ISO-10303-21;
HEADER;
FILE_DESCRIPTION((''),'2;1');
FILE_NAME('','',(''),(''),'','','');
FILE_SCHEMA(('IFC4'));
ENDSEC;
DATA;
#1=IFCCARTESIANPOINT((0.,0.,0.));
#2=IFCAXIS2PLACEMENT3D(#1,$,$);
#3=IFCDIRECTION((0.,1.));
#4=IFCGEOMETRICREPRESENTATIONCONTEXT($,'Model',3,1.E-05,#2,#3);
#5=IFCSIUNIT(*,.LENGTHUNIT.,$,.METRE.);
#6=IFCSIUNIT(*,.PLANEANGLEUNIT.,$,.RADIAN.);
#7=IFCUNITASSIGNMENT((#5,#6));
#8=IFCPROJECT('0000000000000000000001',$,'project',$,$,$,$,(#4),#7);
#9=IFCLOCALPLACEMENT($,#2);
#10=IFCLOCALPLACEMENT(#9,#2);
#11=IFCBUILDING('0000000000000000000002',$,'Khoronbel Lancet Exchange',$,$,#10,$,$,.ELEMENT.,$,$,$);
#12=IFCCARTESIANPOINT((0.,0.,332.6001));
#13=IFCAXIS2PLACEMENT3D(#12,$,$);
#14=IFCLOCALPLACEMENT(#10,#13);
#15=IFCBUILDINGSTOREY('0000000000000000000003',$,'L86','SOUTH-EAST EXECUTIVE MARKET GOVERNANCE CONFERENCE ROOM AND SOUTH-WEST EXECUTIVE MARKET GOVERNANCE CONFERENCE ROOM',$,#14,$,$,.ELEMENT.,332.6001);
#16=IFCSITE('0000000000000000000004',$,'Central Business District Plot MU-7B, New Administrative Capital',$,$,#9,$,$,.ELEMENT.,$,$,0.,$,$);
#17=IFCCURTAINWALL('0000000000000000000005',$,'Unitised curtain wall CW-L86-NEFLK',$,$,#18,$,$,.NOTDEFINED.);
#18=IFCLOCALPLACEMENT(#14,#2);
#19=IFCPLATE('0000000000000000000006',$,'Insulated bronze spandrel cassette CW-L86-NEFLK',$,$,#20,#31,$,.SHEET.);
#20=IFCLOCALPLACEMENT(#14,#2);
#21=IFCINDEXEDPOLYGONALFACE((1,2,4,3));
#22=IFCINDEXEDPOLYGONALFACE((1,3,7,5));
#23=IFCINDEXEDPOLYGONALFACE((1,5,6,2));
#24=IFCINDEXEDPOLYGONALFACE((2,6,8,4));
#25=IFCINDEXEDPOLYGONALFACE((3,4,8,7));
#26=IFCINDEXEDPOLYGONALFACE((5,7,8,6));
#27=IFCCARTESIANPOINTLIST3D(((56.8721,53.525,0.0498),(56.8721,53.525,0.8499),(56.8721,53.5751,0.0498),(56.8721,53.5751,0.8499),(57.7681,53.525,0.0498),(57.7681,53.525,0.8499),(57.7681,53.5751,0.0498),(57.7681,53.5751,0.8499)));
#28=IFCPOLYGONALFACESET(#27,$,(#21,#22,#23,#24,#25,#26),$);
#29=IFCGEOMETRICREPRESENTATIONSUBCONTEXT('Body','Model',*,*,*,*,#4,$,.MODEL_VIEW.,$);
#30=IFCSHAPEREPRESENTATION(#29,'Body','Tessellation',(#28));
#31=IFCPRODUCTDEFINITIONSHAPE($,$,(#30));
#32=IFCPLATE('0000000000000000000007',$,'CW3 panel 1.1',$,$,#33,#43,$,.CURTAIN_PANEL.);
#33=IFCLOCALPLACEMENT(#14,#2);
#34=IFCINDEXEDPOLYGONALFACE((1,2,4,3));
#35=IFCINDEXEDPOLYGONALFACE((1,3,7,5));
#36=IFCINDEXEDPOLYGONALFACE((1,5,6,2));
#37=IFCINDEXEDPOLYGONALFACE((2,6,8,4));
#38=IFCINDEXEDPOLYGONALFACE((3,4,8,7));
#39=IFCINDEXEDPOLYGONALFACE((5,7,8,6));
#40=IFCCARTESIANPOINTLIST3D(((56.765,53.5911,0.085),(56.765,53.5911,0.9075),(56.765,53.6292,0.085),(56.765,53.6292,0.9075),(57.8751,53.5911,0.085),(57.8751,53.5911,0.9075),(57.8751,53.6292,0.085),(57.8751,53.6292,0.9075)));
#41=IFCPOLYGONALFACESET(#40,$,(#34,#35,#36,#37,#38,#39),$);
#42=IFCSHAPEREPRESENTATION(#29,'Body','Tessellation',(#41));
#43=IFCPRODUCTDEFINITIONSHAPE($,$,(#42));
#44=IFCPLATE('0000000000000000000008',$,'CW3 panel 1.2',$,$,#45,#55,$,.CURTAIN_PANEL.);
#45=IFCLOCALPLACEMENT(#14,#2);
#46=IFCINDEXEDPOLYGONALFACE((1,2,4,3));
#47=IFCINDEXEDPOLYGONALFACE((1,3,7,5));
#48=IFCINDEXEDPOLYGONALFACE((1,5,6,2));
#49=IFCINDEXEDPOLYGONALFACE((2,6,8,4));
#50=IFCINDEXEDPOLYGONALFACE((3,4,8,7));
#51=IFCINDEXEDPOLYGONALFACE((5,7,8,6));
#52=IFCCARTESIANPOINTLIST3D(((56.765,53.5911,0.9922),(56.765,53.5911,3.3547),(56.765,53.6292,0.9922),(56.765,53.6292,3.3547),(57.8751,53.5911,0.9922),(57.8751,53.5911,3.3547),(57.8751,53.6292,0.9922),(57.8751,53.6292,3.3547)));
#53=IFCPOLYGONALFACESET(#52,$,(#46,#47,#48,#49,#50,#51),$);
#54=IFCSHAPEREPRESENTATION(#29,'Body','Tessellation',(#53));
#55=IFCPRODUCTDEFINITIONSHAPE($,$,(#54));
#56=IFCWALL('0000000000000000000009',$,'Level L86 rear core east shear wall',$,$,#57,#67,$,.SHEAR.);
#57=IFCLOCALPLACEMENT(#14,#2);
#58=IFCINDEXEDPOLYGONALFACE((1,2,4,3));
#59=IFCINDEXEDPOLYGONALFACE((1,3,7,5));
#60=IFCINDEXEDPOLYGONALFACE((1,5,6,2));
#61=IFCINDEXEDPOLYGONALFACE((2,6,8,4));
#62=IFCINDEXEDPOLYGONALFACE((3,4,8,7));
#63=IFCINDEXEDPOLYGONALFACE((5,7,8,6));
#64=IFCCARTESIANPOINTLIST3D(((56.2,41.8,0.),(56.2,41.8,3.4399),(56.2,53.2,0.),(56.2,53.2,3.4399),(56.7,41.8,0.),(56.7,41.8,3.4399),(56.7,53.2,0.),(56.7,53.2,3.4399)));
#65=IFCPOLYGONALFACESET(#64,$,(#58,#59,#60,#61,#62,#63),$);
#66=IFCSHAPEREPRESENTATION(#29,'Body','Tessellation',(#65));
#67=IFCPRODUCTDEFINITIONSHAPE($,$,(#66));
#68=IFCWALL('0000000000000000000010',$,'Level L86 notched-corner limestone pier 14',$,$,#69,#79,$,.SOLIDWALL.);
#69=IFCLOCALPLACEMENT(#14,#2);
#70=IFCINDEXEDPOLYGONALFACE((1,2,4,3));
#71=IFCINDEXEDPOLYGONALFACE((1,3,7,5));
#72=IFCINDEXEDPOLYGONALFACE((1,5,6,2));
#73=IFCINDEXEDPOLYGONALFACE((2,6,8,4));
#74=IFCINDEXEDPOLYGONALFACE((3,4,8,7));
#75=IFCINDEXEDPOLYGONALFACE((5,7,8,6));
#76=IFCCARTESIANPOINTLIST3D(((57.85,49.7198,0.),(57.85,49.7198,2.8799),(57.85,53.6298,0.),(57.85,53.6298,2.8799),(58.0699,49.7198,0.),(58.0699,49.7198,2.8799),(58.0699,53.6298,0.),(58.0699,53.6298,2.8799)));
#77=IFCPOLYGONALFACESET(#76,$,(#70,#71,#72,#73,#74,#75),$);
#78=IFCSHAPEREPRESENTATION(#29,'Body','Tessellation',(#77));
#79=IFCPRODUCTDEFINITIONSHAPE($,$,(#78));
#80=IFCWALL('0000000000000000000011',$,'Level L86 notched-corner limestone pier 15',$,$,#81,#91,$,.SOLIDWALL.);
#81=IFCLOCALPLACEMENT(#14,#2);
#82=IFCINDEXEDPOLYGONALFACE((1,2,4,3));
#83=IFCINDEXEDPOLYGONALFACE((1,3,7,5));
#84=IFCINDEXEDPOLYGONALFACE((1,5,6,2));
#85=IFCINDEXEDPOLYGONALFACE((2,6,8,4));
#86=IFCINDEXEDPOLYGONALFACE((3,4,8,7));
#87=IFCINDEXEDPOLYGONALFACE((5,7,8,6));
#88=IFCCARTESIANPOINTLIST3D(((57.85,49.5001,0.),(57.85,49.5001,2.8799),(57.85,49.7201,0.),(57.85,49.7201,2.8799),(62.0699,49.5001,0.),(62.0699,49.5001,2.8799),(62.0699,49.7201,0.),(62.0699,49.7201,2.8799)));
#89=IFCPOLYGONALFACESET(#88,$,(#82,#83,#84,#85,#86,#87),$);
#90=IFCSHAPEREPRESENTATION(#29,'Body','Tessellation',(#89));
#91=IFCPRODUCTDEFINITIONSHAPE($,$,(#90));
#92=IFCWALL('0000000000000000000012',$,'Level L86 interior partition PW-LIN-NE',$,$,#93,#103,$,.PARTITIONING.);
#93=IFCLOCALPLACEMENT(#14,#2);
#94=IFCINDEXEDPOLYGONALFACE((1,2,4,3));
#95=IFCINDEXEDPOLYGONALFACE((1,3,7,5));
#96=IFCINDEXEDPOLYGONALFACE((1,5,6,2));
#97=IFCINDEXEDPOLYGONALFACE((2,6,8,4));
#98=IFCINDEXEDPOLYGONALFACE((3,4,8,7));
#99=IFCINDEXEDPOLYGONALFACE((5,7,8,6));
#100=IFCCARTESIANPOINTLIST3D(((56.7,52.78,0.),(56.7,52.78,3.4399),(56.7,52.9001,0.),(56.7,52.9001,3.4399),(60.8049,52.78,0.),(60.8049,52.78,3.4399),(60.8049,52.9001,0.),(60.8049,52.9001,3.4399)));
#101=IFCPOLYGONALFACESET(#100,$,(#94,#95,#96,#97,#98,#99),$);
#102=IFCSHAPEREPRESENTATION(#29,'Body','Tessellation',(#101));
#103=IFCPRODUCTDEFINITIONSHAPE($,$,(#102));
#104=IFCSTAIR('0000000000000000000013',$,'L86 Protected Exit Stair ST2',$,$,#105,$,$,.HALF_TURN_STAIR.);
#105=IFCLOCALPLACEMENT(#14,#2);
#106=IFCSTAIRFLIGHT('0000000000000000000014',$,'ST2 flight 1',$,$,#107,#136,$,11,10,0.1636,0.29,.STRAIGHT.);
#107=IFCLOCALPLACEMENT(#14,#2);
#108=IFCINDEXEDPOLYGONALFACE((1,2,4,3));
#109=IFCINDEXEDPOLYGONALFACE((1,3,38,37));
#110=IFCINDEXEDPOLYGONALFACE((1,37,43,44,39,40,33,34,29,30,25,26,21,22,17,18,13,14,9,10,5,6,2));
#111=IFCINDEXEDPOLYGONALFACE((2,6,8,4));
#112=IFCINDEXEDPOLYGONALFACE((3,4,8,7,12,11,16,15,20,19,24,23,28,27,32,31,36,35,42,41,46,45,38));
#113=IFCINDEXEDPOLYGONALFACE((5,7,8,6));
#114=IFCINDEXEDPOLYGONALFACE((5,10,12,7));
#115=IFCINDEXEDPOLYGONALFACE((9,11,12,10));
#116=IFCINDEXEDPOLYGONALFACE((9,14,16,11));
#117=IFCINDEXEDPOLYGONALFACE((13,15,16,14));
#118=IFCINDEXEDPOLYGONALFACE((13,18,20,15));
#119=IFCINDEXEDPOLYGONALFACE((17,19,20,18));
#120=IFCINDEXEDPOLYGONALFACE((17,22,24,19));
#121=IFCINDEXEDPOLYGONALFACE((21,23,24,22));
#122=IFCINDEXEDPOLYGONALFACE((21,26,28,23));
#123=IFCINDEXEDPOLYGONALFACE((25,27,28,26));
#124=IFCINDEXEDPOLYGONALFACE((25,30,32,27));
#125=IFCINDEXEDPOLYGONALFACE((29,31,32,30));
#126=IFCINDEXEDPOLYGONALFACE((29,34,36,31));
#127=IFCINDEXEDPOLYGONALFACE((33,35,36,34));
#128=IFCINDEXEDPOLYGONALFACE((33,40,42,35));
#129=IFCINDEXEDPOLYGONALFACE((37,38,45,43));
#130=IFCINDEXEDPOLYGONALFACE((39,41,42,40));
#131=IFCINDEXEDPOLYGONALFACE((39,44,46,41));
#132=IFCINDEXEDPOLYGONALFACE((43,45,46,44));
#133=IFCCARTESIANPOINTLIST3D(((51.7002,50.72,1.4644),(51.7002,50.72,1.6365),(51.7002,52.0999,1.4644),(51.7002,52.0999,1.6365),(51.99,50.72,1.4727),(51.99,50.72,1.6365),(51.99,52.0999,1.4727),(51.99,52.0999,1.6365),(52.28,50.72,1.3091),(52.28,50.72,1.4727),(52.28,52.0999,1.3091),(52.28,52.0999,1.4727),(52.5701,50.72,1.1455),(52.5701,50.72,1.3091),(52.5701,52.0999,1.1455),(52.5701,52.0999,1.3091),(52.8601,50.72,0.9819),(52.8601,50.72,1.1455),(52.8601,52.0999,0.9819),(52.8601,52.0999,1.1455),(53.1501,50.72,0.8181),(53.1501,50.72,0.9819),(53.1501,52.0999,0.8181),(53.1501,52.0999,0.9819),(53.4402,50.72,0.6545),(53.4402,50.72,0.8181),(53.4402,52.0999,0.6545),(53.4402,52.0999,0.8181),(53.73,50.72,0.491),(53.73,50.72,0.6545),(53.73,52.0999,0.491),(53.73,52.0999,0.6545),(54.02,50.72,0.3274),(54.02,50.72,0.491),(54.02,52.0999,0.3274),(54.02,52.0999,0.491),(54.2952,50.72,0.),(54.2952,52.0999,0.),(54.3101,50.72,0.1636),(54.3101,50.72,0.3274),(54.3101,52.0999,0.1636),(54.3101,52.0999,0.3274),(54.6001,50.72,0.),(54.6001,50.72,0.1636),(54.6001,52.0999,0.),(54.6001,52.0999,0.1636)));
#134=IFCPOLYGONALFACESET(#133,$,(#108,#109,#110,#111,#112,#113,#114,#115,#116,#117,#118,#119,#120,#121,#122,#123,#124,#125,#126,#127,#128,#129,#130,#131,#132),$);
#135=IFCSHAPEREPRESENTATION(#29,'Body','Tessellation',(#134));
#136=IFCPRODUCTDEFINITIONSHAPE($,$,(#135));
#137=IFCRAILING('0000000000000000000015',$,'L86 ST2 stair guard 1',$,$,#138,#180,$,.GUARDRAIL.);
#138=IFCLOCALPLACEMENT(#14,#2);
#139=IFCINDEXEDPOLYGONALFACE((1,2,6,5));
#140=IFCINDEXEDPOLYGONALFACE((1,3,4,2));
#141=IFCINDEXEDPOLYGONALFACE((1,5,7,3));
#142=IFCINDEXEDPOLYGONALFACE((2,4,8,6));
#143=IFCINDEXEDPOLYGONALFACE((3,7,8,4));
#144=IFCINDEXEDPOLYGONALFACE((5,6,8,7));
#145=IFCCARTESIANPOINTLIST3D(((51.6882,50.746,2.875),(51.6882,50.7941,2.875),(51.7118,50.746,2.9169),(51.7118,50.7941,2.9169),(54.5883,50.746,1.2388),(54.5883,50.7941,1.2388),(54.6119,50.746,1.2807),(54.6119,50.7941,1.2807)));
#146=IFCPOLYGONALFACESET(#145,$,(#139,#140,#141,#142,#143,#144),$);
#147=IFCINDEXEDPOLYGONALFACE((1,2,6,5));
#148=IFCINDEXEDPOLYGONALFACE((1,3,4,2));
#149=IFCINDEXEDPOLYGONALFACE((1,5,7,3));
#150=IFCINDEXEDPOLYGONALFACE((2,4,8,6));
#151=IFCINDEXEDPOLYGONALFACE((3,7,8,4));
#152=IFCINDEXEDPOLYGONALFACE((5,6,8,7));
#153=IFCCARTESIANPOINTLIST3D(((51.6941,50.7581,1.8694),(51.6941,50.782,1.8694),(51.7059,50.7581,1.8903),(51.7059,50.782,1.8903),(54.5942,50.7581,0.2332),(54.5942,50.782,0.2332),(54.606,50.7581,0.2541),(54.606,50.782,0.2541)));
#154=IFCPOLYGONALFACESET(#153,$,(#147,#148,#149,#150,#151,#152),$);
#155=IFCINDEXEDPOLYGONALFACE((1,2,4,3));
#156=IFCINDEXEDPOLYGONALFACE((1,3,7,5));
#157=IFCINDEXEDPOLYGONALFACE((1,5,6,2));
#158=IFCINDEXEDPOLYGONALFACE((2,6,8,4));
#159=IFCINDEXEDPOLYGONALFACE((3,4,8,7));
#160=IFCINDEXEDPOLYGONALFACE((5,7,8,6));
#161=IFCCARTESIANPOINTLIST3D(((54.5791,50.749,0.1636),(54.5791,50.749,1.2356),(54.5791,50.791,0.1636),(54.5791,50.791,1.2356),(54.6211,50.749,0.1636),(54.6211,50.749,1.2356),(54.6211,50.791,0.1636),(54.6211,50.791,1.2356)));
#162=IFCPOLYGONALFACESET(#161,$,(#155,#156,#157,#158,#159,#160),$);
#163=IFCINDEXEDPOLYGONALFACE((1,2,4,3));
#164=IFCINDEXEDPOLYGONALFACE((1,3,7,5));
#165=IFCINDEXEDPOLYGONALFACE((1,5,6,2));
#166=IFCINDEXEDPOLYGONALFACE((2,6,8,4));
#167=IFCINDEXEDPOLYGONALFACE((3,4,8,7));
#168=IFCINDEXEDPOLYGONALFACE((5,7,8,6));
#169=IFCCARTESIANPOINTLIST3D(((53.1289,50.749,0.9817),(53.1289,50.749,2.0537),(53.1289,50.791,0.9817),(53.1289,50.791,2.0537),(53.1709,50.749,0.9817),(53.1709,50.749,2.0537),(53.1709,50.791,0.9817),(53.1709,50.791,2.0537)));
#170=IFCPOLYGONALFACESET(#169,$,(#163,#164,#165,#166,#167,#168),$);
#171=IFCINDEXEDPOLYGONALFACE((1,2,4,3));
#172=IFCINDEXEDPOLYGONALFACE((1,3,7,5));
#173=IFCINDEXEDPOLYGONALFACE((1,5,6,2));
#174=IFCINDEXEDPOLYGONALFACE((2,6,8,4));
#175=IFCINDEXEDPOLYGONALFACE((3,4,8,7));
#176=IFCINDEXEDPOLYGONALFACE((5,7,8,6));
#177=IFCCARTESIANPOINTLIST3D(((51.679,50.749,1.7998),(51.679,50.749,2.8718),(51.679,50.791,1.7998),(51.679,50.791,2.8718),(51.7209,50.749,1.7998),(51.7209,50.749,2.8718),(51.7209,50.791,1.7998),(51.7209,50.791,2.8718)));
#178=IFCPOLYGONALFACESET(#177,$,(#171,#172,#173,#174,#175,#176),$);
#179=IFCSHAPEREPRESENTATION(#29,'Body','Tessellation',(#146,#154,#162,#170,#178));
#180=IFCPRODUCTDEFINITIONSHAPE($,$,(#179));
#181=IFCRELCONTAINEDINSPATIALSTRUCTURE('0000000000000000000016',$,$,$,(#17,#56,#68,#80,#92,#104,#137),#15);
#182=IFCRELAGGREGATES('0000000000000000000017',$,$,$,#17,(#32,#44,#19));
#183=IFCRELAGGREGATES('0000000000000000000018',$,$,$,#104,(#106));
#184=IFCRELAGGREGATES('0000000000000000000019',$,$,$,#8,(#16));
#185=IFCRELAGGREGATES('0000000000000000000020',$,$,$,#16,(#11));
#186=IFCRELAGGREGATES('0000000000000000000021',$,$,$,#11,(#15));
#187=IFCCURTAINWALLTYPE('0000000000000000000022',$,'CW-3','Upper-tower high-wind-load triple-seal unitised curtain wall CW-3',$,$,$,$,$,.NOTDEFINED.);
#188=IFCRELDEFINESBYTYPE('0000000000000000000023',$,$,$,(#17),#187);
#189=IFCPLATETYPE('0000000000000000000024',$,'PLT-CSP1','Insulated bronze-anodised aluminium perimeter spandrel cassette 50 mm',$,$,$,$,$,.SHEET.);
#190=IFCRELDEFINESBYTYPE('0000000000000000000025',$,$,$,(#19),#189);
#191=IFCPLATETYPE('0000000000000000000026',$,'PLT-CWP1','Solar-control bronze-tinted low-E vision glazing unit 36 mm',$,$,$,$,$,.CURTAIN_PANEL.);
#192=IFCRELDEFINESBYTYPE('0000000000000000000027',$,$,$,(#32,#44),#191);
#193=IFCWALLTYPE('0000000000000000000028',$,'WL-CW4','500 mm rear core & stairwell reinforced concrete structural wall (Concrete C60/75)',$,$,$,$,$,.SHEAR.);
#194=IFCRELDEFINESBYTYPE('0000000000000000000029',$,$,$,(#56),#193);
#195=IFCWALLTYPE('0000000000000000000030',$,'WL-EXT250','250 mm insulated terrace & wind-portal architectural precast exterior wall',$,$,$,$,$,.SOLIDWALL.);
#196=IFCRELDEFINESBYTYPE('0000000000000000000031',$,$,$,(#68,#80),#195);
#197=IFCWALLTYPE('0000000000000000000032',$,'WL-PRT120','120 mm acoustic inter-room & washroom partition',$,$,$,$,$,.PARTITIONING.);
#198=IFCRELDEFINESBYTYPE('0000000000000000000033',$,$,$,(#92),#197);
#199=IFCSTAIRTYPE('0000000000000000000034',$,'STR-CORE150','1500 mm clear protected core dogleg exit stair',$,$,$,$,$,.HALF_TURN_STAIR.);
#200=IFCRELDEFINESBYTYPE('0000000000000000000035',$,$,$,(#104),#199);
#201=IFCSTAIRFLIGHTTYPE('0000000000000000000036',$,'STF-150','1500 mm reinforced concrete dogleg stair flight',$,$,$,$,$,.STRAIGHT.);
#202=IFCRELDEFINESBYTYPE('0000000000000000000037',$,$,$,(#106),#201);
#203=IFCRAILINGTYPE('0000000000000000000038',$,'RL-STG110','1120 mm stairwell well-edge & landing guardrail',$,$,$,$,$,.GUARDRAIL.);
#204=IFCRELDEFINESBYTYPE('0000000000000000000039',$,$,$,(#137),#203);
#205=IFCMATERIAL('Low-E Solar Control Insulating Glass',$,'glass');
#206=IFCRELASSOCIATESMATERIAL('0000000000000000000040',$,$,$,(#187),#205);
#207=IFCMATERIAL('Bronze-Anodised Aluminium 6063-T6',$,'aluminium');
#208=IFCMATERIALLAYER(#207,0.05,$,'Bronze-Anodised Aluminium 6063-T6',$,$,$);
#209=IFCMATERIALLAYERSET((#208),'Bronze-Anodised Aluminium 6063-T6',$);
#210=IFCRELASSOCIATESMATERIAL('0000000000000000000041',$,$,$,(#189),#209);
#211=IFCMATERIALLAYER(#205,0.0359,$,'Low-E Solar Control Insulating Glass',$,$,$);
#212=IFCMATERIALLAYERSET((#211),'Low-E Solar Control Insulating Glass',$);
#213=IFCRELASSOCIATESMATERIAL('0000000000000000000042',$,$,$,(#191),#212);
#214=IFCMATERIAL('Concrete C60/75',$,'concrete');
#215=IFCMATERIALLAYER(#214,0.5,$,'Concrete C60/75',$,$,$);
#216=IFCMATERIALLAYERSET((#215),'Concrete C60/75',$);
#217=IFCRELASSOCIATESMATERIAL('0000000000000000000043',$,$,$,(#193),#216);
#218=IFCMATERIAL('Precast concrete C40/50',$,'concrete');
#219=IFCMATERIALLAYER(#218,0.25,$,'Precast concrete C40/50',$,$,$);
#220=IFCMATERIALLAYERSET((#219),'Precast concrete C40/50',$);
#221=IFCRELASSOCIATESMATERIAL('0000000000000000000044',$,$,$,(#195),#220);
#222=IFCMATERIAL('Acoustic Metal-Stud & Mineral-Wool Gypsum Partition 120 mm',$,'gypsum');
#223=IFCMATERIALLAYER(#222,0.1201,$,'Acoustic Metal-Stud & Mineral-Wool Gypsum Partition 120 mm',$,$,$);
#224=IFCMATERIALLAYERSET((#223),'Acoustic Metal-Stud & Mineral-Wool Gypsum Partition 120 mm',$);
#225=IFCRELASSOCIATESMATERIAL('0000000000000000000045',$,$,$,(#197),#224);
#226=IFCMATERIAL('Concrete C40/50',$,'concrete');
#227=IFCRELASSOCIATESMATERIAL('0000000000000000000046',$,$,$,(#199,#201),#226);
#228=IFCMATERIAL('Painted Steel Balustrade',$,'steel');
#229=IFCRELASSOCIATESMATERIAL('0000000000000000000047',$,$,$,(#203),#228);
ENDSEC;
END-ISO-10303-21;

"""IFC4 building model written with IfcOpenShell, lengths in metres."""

from ifc_helpers import new_model, si_unit, direction, frame, frame_2d, origin, origin_2d, place, context, subcontext, project, spatial, polyline, rectangle, outline, extrude, material, layer, layer_set, type_object, element, aggregate, save


model = new_model("IFC4")

# Units and contexts
model_context = context("Model", 3, precision=1e-05, world=origin(), true_north=direction((0.0, 1.0)))
body_context = subcontext(model_context, "Body", "Model", "MODEL_VIEW")
ifc_project = project(units=[si_unit("LENGTHUNIT", "METRE"), si_unit("PLANEANGLEUNIT", "RADIAN")], contexts=[model_context])

# Site, building, storey
site_placement = place(None, origin())
site = spatial("IfcSite", under=ifc_project, at=site_placement, Name="Central Business District Plot MU-7B, New Administrative Capital", CompositionType="ELEMENT", RefElevation=0.0)
building_placement = place(site_placement, origin())
building = spatial("IfcBuilding", under=site, at=building_placement, Name="Khoronbel Lancet Exchange", CompositionType="ELEMENT")
storey_placement = place(building_placement, frame((0.0, 0.0, 332.6001)))
storey = spatial("IfcBuildingStorey", under=building, at=storey_placement, Name="L86", Description="SOUTH-EAST EXECUTIVE MARKET GOVERNANCE CONFERENCE ROOM AND SOUTH-WEST EXECUTIVE MARKET GOVERNANCE CONFERENCE ROOM", CompositionType="ELEMENT", Elevation=332.6001)

# Curtain wall, plates
ifc_material_1 = material(Name="Low-E Solar Control Insulating Glass", Category="glass")
curtain_wall_type = type_object("IfcCurtainWallType", Name="CW-3", Description="Upper-tower high-wind-load triple-seal unitised curtain wall CW-3", PredefinedType="NOTDEFINED", material=ifc_material_1)
curtain_wall_placement = place(storey_placement, origin())
curtain_wall = element("IfcCurtainWall", 1, at=curtain_wall_placement, inside=storey, type_object=curtain_wall_type, Name="Unitised curtain wall CW-L86-NEFLK", PredefinedType="NOTDEFINED")
ifc_material_2 = material(Name="Bronze-Anodised Aluminium 6063-T6", Category="aluminium")
ifc_layer_1 = layer(ifc_material_2, 0.05, Name="Bronze-Anodised Aluminium 6063-T6")
ifc_layer_set_1 = layer_set([ifc_layer_1], Name="Bronze-Anodised Aluminium 6063-T6")
plate_type_1 = type_object("IfcPlateType", Name="PLT-CSP1", Description="Insulated bronze-anodised aluminium perimeter spandrel cassette 50 mm", PredefinedType="SHEET", material=ifc_layer_set_1)
plate_1_placement = place(storey_placement, frame((57.3201, 53.55, 0.0498), z_axis=(0.0, 0.0, 1.0), x_axis=(-1.0, 0.0, 0.0)))
plate_1 = element("IfcPlate", 2, at=plate_1_placement, type_object=plate_type_1, Name="Insulated bronze spandrel cassette CW-L86-NEFLK", PredefinedType="SHEET", context=body_context, shape_type="SweptSolid", body=[
    extrude(rectangle(XDim=0.896, YDim=0.05, at=origin_2d()), origin(), (0.0, 0.0, 1.0), 0.8),
])
ifc_layer_2 = layer(ifc_material_1, 0.0359, Name="Low-E Solar Control Insulating Glass")
ifc_layer_set_2 = layer_set([ifc_layer_2], Name="Low-E Solar Control Insulating Glass")
plate_type_2 = type_object("IfcPlateType", Name="PLT-CWP1", Description="Solar-control bronze-tinted low-E vision glazing unit 36 mm", PredefinedType="CURTAIN_PANEL", material=ifc_layer_set_2)
plate_2_placement = place(storey_placement, frame((57.3201, 53.6101, 0.085), z_axis=(0.0, 0.0, 1.0), x_axis=(-1.0, 0.0, 0.0)))
plate_2 = element("IfcPlate", 3, at=plate_2_placement, type_object=plate_type_2, Name="CW3 panel 1.1", PredefinedType="CURTAIN_PANEL", context=body_context, shape_type="SweptSolid", body=[
    extrude(rectangle(XDim=1.1101, YDim=0.0381, at=origin_2d()), origin(), (0.0, 0.0, 1.0), 0.8225),
])
plate_3_placement = place(storey_placement, frame((57.3201, 53.6101, 0.9922), z_axis=(0.0, 0.0, 1.0), x_axis=(-1.0, 0.0, 0.0)))
plate_3 = element("IfcPlate", 4, at=plate_3_placement, type_object=plate_type_2, Name="CW3 panel 1.2", PredefinedType="CURTAIN_PANEL", context=body_context, shape_type="SweptSolid", body=[
    extrude(rectangle(XDim=1.1101, YDim=0.0381, at=origin_2d()), origin(), (0.0, 0.0, 1.0), 2.3625),
])
aggregate(curtain_wall, [plate_2, plate_3, plate_1])

# Walls
ifc_material_3 = material(Name="Concrete C60/75", Category="concrete")
ifc_layer_3 = layer(ifc_material_3, 0.5, Name="Concrete C60/75")
ifc_layer_set_3 = layer_set([ifc_layer_3], Name="Concrete C60/75")
wall_type_1 = type_object("IfcWallType", Name="WL-CW4", Description="500 mm rear core & stairwell reinforced concrete structural wall (Concrete C60/75)", PredefinedType="SHEAR", material=ifc_layer_set_3)
wall_1_placement = place(storey_placement, frame((56.45, 53.2, 0.0), z_axis=(0.0, 0.0, 1.0), x_axis=(0.0, -1.0, 0.0)))
element("IfcWall", 5, at=wall_1_placement, inside=storey, type_object=wall_type_1, Name="Level L86 rear core east shear wall", PredefinedType="SHEAR", context=body_context, shape_type="SweptSolid", body=[
    extrude(rectangle(XDim=11.3999, YDim=0.5, at=frame_2d((5.7, 0.0))), origin(), (0.0, 0.0, 1.0), 3.4399),
])
ifc_material_4 = material(Name="Precast concrete C40/50", Category="concrete")
ifc_layer_4 = layer(ifc_material_4, 0.25, Name="Precast concrete C40/50")
ifc_layer_set_4 = layer_set([ifc_layer_4], Name="Precast concrete C40/50")
wall_type_2 = type_object("IfcWallType", Name="WL-EXT250", Description="250 mm insulated terrace & wind-portal architectural precast exterior wall", PredefinedType="SOLIDWALL", material=ifc_layer_set_4)
wall_2_placement = place(storey_placement, frame((57.96, 53.6299, 0.0), z_axis=(0.0, 0.0, 1.0), x_axis=(0.0, -1.0, 0.0)))
element("IfcWall", 6, at=wall_2_placement, inside=storey, type_object=wall_type_2, Name="Level L86 notched-corner limestone pier 14", PredefinedType="SOLIDWALL", context=body_context, shape_type="SweptSolid", body=[
    extrude(rectangle(XDim=3.9099, YDim=0.22, at=frame_2d((1.9551, 0.0))), origin(), (0.0, 0.0, 1.0), 2.8799),
])
wall_3_placement = place(storey_placement, frame((57.8501, 49.6101, 0.0), z_axis=(0.0, 0.0, 1.0), x_axis=(1.0, 0.0, 0.0)))
element("IfcWall", 7, at=wall_3_placement, inside=storey, type_object=wall_type_2, Name="Level L86 notched-corner limestone pier 15", PredefinedType="SOLIDWALL", context=body_context, shape_type="SweptSolid", body=[
    extrude(rectangle(XDim=4.22, YDim=0.22, at=frame_2d((2.1099, 0.0))), origin(), (0.0, 0.0, 1.0), 2.8799),
])
ifc_material_5 = material(Name="Acoustic Metal-Stud & Mineral-Wool Gypsum Partition 120 mm", Category="gypsum")
ifc_layer_5 = layer(ifc_material_5, 0.1201, Name="Acoustic Metal-Stud & Mineral-Wool Gypsum Partition 120 mm")
ifc_layer_set_5 = layer_set([ifc_layer_5], Name="Acoustic Metal-Stud & Mineral-Wool Gypsum Partition 120 mm")
wall_type_3 = type_object("IfcWallType", Name="WL-PRT120", Description="120 mm acoustic inter-room & washroom partition", PredefinedType="PARTITIONING", material=ifc_layer_set_5)
wall_4_placement = place(storey_placement, frame((56.7, 52.8401, 0.0), z_axis=(0.0, 0.0, 1.0), x_axis=(1.0, 0.0, 0.0)))
element("IfcWall", 8, at=wall_4_placement, inside=storey, type_object=wall_type_3, Name="Level L86 interior partition PW-LIN-NE", PredefinedType="PARTITIONING", context=body_context, shape_type="SweptSolid", body=[
    extrude(rectangle(XDim=4.105, YDim=0.1201, at=frame_2d((2.0525, 0.0))), origin(), (0.0, 0.0, 1.0), 3.4399),
])

# Stair, stair flight
ifc_material_6 = material(Name="Concrete C40/50", Category="concrete")
stair_type = type_object("IfcStairType", Name="STR-CORE150", Description="1500 mm clear protected core dogleg exit stair", PredefinedType="HALF_TURN_STAIR", material=ifc_material_6)
stair_placement = place(storey_placement, origin())
stair = element("IfcStair", 9, at=stair_placement, inside=storey, type_object=stair_type, Name="L86 Protected Exit Stair ST2", PredefinedType="HALF_TURN_STAIR")
stair_flight_type = type_object("IfcStairFlightType", Name="STF-150", Description="1500 mm reinforced concrete dogleg stair flight", PredefinedType="STRAIGHT", material=ifc_material_6)
stair_flight_placement = place(storey_placement, frame((54.6001, 51.4099, 0.0), z_axis=(0.0, 0.0, 1.0), x_axis=(-1.0, 0.0, 0.0)))
stair_flight = element("IfcStairFlight", 10, at=stair_flight_placement, type_object=stair_flight_type, Name="ST2 flight 1", NumberOfRisers=11, NumberOfTreads=10, PredefinedType="STRAIGHT", RiserHeight=0.1636, TreadLength=0.29, context=body_context, shape_type="SweptSolid", body=[
    extrude(outline(polyline([(0.0, 0.0), (0.0, 0.1636), (0.29, 0.1636), (0.29, 0.3274), (0.5801, 0.3274), (0.5801, 0.491), (0.8701, 0.491), (0.8701, 0.6545), (1.1599, 0.6545), (1.1599, 0.8181), (1.45, 0.8181), (1.45, 0.9819), (1.74, 0.9819), (1.74, 1.1455), (2.03, 1.1455), (2.03, 1.3091), (2.3201, 1.3091), (2.3201, 1.4727), (2.6101, 1.4727), (2.6101, 1.6365), (2.8999, 1.6365), (2.8999, 1.8), (2.8999, 1.4644), (0.3049, 0.0), (0.0, 0.0)])), frame((0.0, 0.6899, 0.0), z_axis=(0.0, -1.0, 0.0), x_axis=(1.0, 0.0, 0.0)), (0.0, 0.0, 1.0), 1.3799),
])
aggregate(stair, [stair_flight])

# Railing
ifc_material_7 = material(Name="Painted Steel Balustrade", Category="steel")
railing_type_1 = type_object("IfcRailingType", Name="RL-STG110", Description="1120 mm stairwell well-edge & landing guardrail", PredefinedType="GUARDRAIL", material=ifc_material_7)
railing_1_placement = place(storey_placement, frame((54.6001, 50.77, 0.1636)))
element("IfcRailing", 11, at=railing_1_placement, inside=storey, type_object=railing_type_1, Name="L86 ST2 stair guard 1", PredefinedType="GUARDRAIL", context=body_context, shape_type="SweptSolid", body=[
    extrude(rectangle(XDim=0.0481, YDim=0.0481, at=origin_2d()), frame((0.0, 0.0, 1.0962), z_axis=(-0.870946, 0.0, 0.491378), x_axis=(0.0, -1.0, 0.0)), (0.0, 0.0, 1.0), 3.3298),
    extrude(rectangle(XDim=0.0239, YDim=0.0239, at=origin_2d()), frame((0.0, 0.0, 0.0801), z_axis=(-0.870946, 0.0, 0.491378), x_axis=(0.0, -1.0, 0.0)), (0.0, 0.0, 1.0), 3.3298),
    extrude(rectangle(XDim=0.042, YDim=0.042, at=origin_2d()), origin(), (0.0, 0.0, 1.0), 1.072),
    extrude(rectangle(XDim=0.042, YDim=0.042, at=origin_2d()), frame((-1.4502, 0.0, 0.8181)), (0.0, 0.0, 1.0), 1.072),
    extrude(rectangle(XDim=0.042, YDim=0.042, at=origin_2d()), frame((-2.9001, 0.0, 1.6362)), (0.0, 0.0, 1.0), 1.072),
])

save(model, "model.ifc")
